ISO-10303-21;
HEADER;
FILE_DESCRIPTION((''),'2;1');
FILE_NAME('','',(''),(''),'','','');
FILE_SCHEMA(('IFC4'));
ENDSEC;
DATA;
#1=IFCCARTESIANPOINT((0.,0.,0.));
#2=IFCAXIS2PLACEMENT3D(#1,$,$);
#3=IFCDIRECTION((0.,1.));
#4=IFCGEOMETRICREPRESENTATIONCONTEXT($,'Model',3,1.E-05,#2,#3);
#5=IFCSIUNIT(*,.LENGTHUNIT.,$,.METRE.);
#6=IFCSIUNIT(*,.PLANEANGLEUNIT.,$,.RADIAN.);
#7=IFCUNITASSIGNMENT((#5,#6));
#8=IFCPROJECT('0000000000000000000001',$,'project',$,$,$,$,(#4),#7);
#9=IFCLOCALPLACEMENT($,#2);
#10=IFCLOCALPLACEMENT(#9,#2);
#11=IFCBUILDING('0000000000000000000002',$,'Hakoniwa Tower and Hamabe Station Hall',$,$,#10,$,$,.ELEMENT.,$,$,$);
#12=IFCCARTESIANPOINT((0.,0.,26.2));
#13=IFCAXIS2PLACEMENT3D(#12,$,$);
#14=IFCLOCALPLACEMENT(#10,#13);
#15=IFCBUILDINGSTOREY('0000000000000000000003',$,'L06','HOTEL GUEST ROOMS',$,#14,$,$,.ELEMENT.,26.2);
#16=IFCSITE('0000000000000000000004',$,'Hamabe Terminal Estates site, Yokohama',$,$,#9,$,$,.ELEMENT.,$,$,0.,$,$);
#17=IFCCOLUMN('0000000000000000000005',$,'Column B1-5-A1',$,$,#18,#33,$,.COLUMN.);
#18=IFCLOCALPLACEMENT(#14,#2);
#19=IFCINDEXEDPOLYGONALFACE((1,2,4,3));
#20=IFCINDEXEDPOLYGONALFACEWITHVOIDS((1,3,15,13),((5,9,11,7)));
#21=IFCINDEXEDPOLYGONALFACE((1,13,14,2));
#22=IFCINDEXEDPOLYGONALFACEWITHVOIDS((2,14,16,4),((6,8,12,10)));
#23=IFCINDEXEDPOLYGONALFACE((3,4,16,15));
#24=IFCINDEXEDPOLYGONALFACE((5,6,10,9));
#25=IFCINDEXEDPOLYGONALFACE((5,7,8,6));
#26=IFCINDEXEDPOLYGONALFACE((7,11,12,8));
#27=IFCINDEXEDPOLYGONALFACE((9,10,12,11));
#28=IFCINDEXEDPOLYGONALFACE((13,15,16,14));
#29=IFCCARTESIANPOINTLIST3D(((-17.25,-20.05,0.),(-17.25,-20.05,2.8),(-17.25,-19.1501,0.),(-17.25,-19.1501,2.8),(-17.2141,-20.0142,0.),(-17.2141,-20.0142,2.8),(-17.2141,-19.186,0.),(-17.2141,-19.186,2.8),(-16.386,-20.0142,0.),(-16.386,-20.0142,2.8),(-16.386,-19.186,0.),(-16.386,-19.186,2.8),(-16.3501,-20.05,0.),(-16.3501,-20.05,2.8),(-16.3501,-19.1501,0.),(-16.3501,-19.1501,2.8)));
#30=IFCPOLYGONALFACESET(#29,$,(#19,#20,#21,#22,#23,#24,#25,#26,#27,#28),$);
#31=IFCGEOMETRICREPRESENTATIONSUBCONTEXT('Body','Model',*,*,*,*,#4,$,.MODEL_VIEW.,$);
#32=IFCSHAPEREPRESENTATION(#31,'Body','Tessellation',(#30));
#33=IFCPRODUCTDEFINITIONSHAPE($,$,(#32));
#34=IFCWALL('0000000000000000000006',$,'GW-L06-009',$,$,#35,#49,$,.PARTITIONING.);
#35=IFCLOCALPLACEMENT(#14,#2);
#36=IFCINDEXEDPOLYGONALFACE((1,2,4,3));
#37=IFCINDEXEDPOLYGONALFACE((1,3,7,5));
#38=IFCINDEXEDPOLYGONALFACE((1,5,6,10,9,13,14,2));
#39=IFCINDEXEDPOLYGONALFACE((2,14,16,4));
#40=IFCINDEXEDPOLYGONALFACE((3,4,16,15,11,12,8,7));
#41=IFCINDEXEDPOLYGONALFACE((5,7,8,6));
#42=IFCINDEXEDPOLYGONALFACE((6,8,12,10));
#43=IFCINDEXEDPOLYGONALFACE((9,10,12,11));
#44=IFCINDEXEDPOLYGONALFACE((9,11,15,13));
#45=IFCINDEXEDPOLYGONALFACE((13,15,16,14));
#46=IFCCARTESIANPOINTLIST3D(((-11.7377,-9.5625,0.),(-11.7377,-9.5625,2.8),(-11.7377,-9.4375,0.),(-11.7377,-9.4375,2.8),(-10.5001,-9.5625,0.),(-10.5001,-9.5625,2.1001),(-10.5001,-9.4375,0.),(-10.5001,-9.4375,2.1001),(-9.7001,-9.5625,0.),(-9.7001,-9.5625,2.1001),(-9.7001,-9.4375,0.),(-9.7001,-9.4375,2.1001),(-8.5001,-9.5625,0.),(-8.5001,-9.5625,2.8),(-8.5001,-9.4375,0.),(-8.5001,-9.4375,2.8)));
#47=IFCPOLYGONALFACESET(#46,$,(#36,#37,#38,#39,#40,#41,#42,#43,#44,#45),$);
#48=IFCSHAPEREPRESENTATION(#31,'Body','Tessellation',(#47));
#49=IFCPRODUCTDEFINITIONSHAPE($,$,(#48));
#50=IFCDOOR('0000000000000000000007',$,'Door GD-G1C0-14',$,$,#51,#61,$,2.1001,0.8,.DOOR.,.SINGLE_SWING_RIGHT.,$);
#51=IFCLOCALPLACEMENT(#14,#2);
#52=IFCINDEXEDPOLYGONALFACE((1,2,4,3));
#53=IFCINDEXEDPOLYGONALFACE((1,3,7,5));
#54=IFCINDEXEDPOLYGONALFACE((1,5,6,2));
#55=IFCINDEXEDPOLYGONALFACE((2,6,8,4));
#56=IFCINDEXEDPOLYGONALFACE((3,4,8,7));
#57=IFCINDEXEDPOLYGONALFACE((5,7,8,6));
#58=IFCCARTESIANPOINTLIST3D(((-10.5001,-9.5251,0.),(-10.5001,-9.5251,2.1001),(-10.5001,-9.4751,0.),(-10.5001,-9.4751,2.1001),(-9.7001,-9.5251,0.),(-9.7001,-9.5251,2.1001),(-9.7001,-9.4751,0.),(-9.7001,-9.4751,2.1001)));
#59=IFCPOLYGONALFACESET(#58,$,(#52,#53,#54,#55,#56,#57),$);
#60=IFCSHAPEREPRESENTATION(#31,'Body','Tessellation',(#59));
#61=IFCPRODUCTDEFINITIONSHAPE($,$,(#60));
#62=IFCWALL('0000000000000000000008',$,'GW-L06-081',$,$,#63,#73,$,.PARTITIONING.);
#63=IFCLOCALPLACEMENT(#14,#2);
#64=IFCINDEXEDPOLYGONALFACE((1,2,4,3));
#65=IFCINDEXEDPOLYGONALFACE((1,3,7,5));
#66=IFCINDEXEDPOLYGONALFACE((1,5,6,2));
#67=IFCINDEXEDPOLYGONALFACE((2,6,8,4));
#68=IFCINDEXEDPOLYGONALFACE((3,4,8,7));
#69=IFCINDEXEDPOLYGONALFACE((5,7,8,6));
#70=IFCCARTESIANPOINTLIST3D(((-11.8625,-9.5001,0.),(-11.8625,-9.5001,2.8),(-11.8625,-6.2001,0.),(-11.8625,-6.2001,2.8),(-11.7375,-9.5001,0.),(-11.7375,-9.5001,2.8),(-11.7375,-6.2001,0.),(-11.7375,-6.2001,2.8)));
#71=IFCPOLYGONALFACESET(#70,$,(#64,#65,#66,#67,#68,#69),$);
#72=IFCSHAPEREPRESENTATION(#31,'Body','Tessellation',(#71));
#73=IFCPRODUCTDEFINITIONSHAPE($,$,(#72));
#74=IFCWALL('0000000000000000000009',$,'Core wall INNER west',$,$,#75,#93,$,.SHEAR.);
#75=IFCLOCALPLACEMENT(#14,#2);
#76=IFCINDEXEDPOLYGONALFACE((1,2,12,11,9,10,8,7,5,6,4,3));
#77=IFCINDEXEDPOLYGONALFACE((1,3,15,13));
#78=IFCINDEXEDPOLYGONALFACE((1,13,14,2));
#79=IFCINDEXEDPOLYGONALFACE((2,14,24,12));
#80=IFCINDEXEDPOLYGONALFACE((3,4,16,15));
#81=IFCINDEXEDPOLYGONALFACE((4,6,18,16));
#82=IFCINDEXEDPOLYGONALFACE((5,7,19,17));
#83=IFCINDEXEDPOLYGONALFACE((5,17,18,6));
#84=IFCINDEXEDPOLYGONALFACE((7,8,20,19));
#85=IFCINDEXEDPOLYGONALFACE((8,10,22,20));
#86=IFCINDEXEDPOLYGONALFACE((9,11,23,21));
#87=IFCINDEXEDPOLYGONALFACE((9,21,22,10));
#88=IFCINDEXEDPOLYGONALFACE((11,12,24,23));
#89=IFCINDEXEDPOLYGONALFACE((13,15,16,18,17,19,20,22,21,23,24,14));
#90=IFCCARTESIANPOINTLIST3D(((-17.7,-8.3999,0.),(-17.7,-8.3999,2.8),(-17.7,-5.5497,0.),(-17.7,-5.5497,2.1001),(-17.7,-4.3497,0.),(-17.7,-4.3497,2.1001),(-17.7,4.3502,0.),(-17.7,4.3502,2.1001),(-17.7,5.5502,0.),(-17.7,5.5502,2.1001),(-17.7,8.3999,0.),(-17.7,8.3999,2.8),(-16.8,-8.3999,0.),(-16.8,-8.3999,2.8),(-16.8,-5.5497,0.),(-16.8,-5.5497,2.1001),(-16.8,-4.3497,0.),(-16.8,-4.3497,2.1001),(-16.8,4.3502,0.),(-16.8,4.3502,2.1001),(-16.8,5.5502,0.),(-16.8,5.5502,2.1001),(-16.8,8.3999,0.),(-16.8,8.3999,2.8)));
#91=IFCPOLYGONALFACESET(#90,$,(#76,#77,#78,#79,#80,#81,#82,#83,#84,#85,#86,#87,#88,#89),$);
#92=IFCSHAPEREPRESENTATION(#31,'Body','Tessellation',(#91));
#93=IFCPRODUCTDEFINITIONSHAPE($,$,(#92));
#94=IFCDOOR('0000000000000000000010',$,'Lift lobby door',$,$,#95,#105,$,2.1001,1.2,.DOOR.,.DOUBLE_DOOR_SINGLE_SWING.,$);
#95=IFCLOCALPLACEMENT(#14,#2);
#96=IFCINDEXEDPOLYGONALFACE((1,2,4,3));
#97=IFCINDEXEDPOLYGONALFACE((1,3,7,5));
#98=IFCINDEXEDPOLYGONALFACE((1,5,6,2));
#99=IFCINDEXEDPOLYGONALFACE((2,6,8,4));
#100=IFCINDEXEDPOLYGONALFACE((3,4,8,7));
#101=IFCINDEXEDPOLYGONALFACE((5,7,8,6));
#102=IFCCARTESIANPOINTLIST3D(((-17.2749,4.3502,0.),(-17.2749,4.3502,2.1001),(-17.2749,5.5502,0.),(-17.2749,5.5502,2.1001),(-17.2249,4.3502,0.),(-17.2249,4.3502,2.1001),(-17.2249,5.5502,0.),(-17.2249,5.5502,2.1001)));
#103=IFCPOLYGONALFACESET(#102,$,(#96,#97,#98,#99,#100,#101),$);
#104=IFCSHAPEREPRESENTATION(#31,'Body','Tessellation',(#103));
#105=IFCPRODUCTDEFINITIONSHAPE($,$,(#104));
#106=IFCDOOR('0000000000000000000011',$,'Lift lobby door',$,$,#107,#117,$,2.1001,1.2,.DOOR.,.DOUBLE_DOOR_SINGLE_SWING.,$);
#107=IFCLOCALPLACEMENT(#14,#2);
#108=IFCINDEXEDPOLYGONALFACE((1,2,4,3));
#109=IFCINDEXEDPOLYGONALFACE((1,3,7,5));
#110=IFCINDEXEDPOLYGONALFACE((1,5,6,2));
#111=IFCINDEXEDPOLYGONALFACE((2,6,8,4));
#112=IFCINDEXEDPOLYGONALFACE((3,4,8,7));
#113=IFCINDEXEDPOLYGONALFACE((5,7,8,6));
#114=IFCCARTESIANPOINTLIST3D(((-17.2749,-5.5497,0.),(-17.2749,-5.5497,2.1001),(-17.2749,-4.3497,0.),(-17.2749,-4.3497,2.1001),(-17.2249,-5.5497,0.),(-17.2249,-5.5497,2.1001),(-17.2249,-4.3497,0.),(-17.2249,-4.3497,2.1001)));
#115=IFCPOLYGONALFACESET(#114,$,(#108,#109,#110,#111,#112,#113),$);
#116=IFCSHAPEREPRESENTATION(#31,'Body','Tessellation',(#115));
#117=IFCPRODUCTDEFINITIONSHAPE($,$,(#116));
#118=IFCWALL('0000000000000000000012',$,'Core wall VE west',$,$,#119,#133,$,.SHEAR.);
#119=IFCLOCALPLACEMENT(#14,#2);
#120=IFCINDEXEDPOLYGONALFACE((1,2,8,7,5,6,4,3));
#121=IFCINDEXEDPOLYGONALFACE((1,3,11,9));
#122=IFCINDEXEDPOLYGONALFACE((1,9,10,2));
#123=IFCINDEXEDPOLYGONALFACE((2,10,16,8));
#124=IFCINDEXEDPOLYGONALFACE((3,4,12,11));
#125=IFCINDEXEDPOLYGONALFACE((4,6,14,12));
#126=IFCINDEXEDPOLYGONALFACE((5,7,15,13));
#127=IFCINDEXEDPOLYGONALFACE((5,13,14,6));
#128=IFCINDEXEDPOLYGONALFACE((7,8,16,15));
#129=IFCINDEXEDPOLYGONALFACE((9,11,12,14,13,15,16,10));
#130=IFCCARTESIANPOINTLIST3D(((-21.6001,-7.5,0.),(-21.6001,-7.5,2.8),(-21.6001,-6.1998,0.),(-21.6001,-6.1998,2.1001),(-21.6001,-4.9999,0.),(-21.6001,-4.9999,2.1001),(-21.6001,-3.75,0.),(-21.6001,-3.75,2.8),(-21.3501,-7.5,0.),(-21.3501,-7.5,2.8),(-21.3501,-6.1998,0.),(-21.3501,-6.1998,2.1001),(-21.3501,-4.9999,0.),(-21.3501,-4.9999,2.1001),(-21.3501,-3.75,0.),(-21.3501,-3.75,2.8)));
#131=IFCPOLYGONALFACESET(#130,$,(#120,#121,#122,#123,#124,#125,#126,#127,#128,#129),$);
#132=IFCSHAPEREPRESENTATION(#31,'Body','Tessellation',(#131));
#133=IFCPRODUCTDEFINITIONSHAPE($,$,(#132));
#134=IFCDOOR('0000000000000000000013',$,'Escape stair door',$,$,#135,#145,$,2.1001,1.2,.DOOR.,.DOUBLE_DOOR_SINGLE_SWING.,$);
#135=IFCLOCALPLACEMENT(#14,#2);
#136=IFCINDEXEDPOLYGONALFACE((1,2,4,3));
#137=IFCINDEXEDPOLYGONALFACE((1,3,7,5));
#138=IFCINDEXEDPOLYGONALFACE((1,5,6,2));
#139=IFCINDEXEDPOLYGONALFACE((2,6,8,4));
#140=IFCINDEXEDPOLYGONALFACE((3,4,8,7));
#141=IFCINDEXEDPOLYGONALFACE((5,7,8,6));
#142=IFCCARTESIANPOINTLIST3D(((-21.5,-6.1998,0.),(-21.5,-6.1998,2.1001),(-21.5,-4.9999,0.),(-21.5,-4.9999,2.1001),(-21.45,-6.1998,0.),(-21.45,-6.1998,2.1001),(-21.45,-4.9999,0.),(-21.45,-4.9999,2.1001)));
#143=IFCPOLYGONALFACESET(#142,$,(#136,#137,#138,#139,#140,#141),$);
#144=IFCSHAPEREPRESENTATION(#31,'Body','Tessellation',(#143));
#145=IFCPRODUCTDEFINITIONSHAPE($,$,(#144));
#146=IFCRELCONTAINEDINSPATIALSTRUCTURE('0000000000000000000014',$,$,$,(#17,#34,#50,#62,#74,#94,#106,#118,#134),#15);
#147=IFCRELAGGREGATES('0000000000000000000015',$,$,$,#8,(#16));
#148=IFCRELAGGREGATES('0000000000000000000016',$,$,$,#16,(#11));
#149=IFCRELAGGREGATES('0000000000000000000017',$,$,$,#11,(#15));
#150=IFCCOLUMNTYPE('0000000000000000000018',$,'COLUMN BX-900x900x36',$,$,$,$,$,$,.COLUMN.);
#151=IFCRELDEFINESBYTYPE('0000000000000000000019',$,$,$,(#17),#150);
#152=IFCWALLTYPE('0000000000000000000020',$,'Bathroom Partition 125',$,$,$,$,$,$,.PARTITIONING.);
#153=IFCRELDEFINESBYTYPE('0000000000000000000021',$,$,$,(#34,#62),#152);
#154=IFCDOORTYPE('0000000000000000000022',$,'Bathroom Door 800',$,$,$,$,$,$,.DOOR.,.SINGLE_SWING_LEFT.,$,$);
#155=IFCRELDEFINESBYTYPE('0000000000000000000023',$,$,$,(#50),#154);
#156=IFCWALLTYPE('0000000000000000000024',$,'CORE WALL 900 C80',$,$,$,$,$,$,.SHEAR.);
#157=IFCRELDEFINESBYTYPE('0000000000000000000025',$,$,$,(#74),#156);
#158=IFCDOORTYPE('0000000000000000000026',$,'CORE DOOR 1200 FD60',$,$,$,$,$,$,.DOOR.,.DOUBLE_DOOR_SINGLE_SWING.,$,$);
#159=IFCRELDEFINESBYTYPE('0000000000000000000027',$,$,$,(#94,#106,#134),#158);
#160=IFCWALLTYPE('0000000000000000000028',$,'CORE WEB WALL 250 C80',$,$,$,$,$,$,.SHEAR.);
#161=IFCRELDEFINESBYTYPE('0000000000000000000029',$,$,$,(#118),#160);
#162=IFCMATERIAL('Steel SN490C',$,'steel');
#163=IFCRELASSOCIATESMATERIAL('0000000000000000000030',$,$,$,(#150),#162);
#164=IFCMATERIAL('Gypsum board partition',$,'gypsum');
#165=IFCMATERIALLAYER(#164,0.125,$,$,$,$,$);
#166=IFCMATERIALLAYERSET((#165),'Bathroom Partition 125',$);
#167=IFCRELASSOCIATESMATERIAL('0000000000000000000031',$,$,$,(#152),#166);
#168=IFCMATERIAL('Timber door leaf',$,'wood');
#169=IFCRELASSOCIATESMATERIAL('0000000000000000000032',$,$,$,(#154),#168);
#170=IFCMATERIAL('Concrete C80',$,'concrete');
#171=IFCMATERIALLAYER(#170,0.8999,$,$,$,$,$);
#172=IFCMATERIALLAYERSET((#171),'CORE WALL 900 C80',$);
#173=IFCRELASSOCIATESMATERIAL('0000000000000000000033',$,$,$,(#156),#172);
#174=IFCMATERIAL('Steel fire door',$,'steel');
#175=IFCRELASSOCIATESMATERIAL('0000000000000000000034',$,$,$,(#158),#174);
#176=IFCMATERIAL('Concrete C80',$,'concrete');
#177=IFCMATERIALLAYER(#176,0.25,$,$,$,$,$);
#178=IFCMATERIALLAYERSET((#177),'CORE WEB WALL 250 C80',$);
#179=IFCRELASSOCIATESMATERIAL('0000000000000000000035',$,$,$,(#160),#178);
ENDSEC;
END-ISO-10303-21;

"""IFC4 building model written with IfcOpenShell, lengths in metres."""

from ifc_helpers import new_model, si_unit, direction, frame, frame_2d, origin, origin_2d, place, context, subcontext, project, spatial, rectangle, hollow_rectangle, extrude, material, layer, layer_set, material_profile, profile_set, type_object, element, fill, save


model = new_model("IFC4")

# Units and contexts
model_context = context("Model", 3, precision=1e-05, world=origin(), true_north=direction((0.0, 1.0)))
body_context = subcontext(model_context, "Body", "Model", "MODEL_VIEW")
ifc_project = project(units=[si_unit("LENGTHUNIT", "METRE"), si_unit("PLANEANGLEUNIT", "RADIAN")], contexts=[model_context])

# Site, building, storey
site_placement = place(None, origin())
site = spatial("IfcSite", under=ifc_project, at=site_placement, Name="Hamabe Terminal Estates site, Yokohama", CompositionType="ELEMENT", RefElevation=0.0)
building_placement = place(site_placement, origin())
building = spatial("IfcBuilding", under=site, at=building_placement, Name="Hakoniwa Tower and Hamabe Station Hall", CompositionType="ELEMENT")
storey_placement = place(building_placement, frame((0.0, 0.0, 26.2)))
storey = spatial("IfcBuildingStorey", under=building, at=storey_placement, Name="L06", Description="HOTEL GUEST ROOMS", CompositionType="ELEMENT", Elevation=26.2)

# Column
ifc_material_1 = material(Name="Steel SN490C", Category="steel")
ifc_material_profile = material_profile(ifc_material_1, hollow_rectangle(XDim=0.8999, YDim=0.8999, WallThickness=0.0359, at=origin_2d()), Name="BX-900x900x36")
ifc_profile_set = profile_set([ifc_material_profile], Name="Steel SN490C")
column_type = type_object("IfcColumnType", Name="COLUMN BX-900x900x36", PredefinedType="COLUMN", material=ifc_profile_set)
column_placement = place(storey_placement, frame((-16.8, -19.6001, 0.0), z_axis=(0.0, 0.0, 1.0), x_axis=(1.0, 0.0, 0.0)))
element("IfcColumn", 1, at=column_placement, inside=storey, type_object=column_type, Name="Column B1-5-A1", PredefinedType="COLUMN", context=body_context, shape_type="SweptSolid", body=[
    extrude(hollow_rectangle(XDim=0.8999, YDim=0.8999, WallThickness=0.0359, at=origin_2d()), origin(), (0.0, 0.0, 1.0), 2.8),
])

# Wall, opening, door
ifc_material_2 = material(Name="Gypsum board partition", Category="gypsum")
ifc_layer_1 = layer(ifc_material_2, 0.125)
ifc_layer_set_1 = layer_set([ifc_layer_1], Name="Bathroom Partition 125")
wall_type_1 = type_object("IfcWallType", Name="Bathroom Partition 125", PredefinedType="PARTITIONING", material=ifc_layer_set_1)
wall_1_placement = place(storey_placement, frame((-11.7375, -9.5, 0.0), z_axis=(0.0, 0.0, 1.0), x_axis=(1.0, 0.0, 0.0)))
wall_1 = element("IfcWall", 2, at=wall_1_placement, inside=storey, type_object=wall_type_1, Name="GW-L06-009", PredefinedType="PARTITIONING", context=body_context, shape_type="SweptSolid", body=[
    extrude(rectangle(XDim=3.2375, YDim=0.125, at=frame_2d((1.6187, 0.0))), origin(), (0.0, 0.0, 1.0), 2.8),
])
opening_1_placement = place(wall_1_placement, frame((1.2375, 0.0, 0.0)))
opening_1 = element("IfcOpeningElement", 3, at=opening_1_placement, cuts=wall_1, PredefinedType="OPENING", context=body_context, shape_type="SweptSolid", body=[
    extrude(rectangle(XDim=0.8, YDim=2.1001, at=frame_2d((0.3999, 1.05))), frame((0.0, 0.0725, 0.0), z_axis=(0.0, -1.0, 0.0), x_axis=(1.0, 0.0, 0.0)), (0.0, 0.0, 1.0), 0.145),
])
ifc_material_3 = material(Name="Timber door leaf", Category="wood")
door_type_1 = type_object("IfcDoorType", Name="Bathroom Door 800", OperationType="SINGLE_SWING_LEFT", PredefinedType="DOOR", material=ifc_material_3)
door_1_placement = place(opening_1_placement, origin())
door_1 = element("IfcDoor", 4, at=door_1_placement, inside=storey, type_object=door_type_1, Name="Door GD-G1C0-14", OperationType="SINGLE_SWING_RIGHT", OverallHeight=2.1001, OverallWidth=0.8, PredefinedType="DOOR", context=body_context, shape_type="SweptSolid", body=[
    extrude(rectangle(XDim=0.8, YDim=2.1001, at=frame_2d((0.3999, 1.05))), frame((0.0, 0.0249, 0.0), z_axis=(0.0, -1.0, 0.0), x_axis=(1.0, 0.0, 0.0)), (0.0, 0.0, 1.0), 0.05),
])
fill(opening_1, door_1)

# Wall
wall_2_placement = place(storey_placement, frame((-11.8, -9.5, 0.0), z_axis=(0.0, 0.0, 1.0), x_axis=(0.0, 1.0, 0.0)))
element("IfcWall", 5, at=wall_2_placement, inside=storey, type_object=wall_type_1, Name="GW-L06-081", PredefinedType="PARTITIONING", context=body_context, shape_type="SweptSolid", body=[
    extrude(rectangle(XDim=3.3, YDim=0.125, at=frame_2d((1.6499, 0.0))), origin(), (0.0, 0.0, 1.0), 2.8),
])

# Wall, openings, doors
ifc_material_4 = material(Name="Concrete C80", Category="concrete")
ifc_layer_2 = layer(ifc_material_4, 0.8999)
ifc_layer_set_2 = layer_set([ifc_layer_2], Name="CORE WALL 900 C80")
wall_type_2 = type_object("IfcWallType", Name="CORE WALL 900 C80", PredefinedType="SHEAR", material=ifc_layer_set_2)
wall_3_placement = place(storey_placement, frame((-17.25, -8.3999, 0.0), z_axis=(0.0, 0.0, 1.0), x_axis=(0.0, 1.0, 0.0)))
wall_3 = element("IfcWall", 6, at=wall_3_placement, inside=storey, type_object=wall_type_2, Name="Core wall INNER west", PredefinedType="SHEAR", context=body_context, shape_type="SweptSolid", body=[
    extrude(rectangle(XDim=16.7998, YDim=0.8999, at=frame_2d((8.3999, 0.0))), origin(), (0.0, 0.0, 1.0), 2.8),
])
opening_2_placement = place(wall_3_placement, frame((12.75, 0.0, 0.0)))
opening_2 = element("IfcOpeningElement", 7, at=opening_2_placement, cuts=wall_3, PredefinedType="OPENING", context=body_context, shape_type="SweptSolid", body=[
    extrude(rectangle(XDim=1.2, YDim=2.1001, at=frame_2d((0.6001, 1.05))), frame((0.0, 0.46, 0.0), z_axis=(0.0, -1.0, 0.0), x_axis=(1.0, 0.0, 0.0)), (0.0, 0.0, 1.0), 0.9199),
])
opening_3_placement = place(wall_3_placement, frame((2.8501, 0.0, 0.0)))
opening_3 = element("IfcOpeningElement", 8, at=opening_3_placement, cuts=wall_3, PredefinedType="OPENING", context=body_context, shape_type="SweptSolid", body=[
    extrude(rectangle(XDim=1.2, YDim=2.1001, at=frame_2d((0.6001, 1.05))), frame((0.0, 0.46, 0.0), z_axis=(0.0, -1.0, 0.0), x_axis=(1.0, 0.0, 0.0)), (0.0, 0.0, 1.0), 0.9199),
])
ifc_material_5 = material(Name="Steel fire door", Category="steel")
door_type_2 = type_object("IfcDoorType", Name="CORE DOOR 1200 FD60", OperationType="DOUBLE_DOOR_SINGLE_SWING", PredefinedType="DOOR", material=ifc_material_5)
door_2_placement = place(opening_2_placement, origin())
door_2 = element("IfcDoor", 9, at=door_2_placement, inside=storey, type_object=door_type_2, Name="Lift lobby door", OperationType="DOUBLE_DOOR_SINGLE_SWING", OverallHeight=2.1001, OverallWidth=1.2, PredefinedType="DOOR", context=body_context, shape_type="SweptSolid", body=[
    extrude(rectangle(XDim=1.2, YDim=2.1001, at=frame_2d((0.6001, 1.05))), frame((0.0, 0.0249, 0.0), z_axis=(0.0, -1.0, 0.0), x_axis=(1.0, 0.0, 0.0)), (0.0, 0.0, 1.0), 0.05),
])
fill(opening_2, door_2)
door_3_placement = place(opening_3_placement, origin())
door_3 = element("IfcDoor", 10, at=door_3_placement, inside=storey, type_object=door_type_2, Name="Lift lobby door", OperationType="DOUBLE_DOOR_SINGLE_SWING", OverallHeight=2.1001, OverallWidth=1.2, PredefinedType="DOOR", context=body_context, shape_type="SweptSolid", body=[
    extrude(rectangle(XDim=1.2, YDim=2.1001, at=frame_2d((0.6001, 1.05))), frame((0.0, 0.0249, 0.0), z_axis=(0.0, -1.0, 0.0), x_axis=(1.0, 0.0, 0.0)), (0.0, 0.0, 1.0), 0.05),
])
fill(opening_3, door_3)

# Wall, opening, door
ifc_material_6 = material(Name="Concrete C80", Category="concrete")
ifc_layer_3 = layer(ifc_material_6, 0.25)
ifc_layer_set_3 = layer_set([ifc_layer_3], Name="CORE WEB WALL 250 C80")
wall_type_3 = type_object("IfcWallType", Name="CORE WEB WALL 250 C80", PredefinedType="SHEAR", material=ifc_layer_set_3)
wall_4_placement = place(storey_placement, frame((-21.4751, -7.5, 0.0), z_axis=(0.0, 0.0, 1.0), x_axis=(0.0, 1.0, 0.0)))
wall_4 = element("IfcWall", 11, at=wall_4_placement, inside=storey, type_object=wall_type_3, Name="Core wall VE west", PredefinedType="SHEAR", context=body_context, shape_type="SweptSolid", body=[
    extrude(rectangle(XDim=3.75, YDim=0.25, at=frame_2d((1.875, 0.0))), origin(), (0.0, 0.0, 1.0), 2.8),
])
opening_4_placement = place(wall_4_placement, frame((1.3, 0.0, 0.0)))
opening_4 = element("IfcOpeningElement", 12, at=opening_4_placement, cuts=wall_4, PredefinedType="OPENING", context=body_context, shape_type="SweptSolid", body=[
    extrude(rectangle(XDim=1.2, YDim=2.1001, at=frame_2d((0.6001, 1.05))), frame((0.0, 0.135, 0.0), z_axis=(0.0, -1.0, 0.0), x_axis=(1.0, 0.0, 0.0)), (0.0, 0.0, 1.0), 0.27),
])
door_4_placement = place(opening_4_placement, origin())
door_4 = element("IfcDoor", 13, at=door_4_placement, inside=storey, type_object=door_type_2, Name="Escape stair door", OperationType="DOUBLE_DOOR_SINGLE_SWING", OverallHeight=2.1001, OverallWidth=1.2, PredefinedType="DOOR", context=body_context, shape_type="SweptSolid", body=[
    extrude(rectangle(XDim=1.2, YDim=2.1001, at=frame_2d((0.6001, 1.05))), frame((0.0, 0.0249, 0.0), z_axis=(0.0, -1.0, 0.0), x_axis=(1.0, 0.0, 0.0)), (0.0, 0.0, 1.0), 0.05),
])
fill(opening_4, door_4)

save(model, "model.ifc")
